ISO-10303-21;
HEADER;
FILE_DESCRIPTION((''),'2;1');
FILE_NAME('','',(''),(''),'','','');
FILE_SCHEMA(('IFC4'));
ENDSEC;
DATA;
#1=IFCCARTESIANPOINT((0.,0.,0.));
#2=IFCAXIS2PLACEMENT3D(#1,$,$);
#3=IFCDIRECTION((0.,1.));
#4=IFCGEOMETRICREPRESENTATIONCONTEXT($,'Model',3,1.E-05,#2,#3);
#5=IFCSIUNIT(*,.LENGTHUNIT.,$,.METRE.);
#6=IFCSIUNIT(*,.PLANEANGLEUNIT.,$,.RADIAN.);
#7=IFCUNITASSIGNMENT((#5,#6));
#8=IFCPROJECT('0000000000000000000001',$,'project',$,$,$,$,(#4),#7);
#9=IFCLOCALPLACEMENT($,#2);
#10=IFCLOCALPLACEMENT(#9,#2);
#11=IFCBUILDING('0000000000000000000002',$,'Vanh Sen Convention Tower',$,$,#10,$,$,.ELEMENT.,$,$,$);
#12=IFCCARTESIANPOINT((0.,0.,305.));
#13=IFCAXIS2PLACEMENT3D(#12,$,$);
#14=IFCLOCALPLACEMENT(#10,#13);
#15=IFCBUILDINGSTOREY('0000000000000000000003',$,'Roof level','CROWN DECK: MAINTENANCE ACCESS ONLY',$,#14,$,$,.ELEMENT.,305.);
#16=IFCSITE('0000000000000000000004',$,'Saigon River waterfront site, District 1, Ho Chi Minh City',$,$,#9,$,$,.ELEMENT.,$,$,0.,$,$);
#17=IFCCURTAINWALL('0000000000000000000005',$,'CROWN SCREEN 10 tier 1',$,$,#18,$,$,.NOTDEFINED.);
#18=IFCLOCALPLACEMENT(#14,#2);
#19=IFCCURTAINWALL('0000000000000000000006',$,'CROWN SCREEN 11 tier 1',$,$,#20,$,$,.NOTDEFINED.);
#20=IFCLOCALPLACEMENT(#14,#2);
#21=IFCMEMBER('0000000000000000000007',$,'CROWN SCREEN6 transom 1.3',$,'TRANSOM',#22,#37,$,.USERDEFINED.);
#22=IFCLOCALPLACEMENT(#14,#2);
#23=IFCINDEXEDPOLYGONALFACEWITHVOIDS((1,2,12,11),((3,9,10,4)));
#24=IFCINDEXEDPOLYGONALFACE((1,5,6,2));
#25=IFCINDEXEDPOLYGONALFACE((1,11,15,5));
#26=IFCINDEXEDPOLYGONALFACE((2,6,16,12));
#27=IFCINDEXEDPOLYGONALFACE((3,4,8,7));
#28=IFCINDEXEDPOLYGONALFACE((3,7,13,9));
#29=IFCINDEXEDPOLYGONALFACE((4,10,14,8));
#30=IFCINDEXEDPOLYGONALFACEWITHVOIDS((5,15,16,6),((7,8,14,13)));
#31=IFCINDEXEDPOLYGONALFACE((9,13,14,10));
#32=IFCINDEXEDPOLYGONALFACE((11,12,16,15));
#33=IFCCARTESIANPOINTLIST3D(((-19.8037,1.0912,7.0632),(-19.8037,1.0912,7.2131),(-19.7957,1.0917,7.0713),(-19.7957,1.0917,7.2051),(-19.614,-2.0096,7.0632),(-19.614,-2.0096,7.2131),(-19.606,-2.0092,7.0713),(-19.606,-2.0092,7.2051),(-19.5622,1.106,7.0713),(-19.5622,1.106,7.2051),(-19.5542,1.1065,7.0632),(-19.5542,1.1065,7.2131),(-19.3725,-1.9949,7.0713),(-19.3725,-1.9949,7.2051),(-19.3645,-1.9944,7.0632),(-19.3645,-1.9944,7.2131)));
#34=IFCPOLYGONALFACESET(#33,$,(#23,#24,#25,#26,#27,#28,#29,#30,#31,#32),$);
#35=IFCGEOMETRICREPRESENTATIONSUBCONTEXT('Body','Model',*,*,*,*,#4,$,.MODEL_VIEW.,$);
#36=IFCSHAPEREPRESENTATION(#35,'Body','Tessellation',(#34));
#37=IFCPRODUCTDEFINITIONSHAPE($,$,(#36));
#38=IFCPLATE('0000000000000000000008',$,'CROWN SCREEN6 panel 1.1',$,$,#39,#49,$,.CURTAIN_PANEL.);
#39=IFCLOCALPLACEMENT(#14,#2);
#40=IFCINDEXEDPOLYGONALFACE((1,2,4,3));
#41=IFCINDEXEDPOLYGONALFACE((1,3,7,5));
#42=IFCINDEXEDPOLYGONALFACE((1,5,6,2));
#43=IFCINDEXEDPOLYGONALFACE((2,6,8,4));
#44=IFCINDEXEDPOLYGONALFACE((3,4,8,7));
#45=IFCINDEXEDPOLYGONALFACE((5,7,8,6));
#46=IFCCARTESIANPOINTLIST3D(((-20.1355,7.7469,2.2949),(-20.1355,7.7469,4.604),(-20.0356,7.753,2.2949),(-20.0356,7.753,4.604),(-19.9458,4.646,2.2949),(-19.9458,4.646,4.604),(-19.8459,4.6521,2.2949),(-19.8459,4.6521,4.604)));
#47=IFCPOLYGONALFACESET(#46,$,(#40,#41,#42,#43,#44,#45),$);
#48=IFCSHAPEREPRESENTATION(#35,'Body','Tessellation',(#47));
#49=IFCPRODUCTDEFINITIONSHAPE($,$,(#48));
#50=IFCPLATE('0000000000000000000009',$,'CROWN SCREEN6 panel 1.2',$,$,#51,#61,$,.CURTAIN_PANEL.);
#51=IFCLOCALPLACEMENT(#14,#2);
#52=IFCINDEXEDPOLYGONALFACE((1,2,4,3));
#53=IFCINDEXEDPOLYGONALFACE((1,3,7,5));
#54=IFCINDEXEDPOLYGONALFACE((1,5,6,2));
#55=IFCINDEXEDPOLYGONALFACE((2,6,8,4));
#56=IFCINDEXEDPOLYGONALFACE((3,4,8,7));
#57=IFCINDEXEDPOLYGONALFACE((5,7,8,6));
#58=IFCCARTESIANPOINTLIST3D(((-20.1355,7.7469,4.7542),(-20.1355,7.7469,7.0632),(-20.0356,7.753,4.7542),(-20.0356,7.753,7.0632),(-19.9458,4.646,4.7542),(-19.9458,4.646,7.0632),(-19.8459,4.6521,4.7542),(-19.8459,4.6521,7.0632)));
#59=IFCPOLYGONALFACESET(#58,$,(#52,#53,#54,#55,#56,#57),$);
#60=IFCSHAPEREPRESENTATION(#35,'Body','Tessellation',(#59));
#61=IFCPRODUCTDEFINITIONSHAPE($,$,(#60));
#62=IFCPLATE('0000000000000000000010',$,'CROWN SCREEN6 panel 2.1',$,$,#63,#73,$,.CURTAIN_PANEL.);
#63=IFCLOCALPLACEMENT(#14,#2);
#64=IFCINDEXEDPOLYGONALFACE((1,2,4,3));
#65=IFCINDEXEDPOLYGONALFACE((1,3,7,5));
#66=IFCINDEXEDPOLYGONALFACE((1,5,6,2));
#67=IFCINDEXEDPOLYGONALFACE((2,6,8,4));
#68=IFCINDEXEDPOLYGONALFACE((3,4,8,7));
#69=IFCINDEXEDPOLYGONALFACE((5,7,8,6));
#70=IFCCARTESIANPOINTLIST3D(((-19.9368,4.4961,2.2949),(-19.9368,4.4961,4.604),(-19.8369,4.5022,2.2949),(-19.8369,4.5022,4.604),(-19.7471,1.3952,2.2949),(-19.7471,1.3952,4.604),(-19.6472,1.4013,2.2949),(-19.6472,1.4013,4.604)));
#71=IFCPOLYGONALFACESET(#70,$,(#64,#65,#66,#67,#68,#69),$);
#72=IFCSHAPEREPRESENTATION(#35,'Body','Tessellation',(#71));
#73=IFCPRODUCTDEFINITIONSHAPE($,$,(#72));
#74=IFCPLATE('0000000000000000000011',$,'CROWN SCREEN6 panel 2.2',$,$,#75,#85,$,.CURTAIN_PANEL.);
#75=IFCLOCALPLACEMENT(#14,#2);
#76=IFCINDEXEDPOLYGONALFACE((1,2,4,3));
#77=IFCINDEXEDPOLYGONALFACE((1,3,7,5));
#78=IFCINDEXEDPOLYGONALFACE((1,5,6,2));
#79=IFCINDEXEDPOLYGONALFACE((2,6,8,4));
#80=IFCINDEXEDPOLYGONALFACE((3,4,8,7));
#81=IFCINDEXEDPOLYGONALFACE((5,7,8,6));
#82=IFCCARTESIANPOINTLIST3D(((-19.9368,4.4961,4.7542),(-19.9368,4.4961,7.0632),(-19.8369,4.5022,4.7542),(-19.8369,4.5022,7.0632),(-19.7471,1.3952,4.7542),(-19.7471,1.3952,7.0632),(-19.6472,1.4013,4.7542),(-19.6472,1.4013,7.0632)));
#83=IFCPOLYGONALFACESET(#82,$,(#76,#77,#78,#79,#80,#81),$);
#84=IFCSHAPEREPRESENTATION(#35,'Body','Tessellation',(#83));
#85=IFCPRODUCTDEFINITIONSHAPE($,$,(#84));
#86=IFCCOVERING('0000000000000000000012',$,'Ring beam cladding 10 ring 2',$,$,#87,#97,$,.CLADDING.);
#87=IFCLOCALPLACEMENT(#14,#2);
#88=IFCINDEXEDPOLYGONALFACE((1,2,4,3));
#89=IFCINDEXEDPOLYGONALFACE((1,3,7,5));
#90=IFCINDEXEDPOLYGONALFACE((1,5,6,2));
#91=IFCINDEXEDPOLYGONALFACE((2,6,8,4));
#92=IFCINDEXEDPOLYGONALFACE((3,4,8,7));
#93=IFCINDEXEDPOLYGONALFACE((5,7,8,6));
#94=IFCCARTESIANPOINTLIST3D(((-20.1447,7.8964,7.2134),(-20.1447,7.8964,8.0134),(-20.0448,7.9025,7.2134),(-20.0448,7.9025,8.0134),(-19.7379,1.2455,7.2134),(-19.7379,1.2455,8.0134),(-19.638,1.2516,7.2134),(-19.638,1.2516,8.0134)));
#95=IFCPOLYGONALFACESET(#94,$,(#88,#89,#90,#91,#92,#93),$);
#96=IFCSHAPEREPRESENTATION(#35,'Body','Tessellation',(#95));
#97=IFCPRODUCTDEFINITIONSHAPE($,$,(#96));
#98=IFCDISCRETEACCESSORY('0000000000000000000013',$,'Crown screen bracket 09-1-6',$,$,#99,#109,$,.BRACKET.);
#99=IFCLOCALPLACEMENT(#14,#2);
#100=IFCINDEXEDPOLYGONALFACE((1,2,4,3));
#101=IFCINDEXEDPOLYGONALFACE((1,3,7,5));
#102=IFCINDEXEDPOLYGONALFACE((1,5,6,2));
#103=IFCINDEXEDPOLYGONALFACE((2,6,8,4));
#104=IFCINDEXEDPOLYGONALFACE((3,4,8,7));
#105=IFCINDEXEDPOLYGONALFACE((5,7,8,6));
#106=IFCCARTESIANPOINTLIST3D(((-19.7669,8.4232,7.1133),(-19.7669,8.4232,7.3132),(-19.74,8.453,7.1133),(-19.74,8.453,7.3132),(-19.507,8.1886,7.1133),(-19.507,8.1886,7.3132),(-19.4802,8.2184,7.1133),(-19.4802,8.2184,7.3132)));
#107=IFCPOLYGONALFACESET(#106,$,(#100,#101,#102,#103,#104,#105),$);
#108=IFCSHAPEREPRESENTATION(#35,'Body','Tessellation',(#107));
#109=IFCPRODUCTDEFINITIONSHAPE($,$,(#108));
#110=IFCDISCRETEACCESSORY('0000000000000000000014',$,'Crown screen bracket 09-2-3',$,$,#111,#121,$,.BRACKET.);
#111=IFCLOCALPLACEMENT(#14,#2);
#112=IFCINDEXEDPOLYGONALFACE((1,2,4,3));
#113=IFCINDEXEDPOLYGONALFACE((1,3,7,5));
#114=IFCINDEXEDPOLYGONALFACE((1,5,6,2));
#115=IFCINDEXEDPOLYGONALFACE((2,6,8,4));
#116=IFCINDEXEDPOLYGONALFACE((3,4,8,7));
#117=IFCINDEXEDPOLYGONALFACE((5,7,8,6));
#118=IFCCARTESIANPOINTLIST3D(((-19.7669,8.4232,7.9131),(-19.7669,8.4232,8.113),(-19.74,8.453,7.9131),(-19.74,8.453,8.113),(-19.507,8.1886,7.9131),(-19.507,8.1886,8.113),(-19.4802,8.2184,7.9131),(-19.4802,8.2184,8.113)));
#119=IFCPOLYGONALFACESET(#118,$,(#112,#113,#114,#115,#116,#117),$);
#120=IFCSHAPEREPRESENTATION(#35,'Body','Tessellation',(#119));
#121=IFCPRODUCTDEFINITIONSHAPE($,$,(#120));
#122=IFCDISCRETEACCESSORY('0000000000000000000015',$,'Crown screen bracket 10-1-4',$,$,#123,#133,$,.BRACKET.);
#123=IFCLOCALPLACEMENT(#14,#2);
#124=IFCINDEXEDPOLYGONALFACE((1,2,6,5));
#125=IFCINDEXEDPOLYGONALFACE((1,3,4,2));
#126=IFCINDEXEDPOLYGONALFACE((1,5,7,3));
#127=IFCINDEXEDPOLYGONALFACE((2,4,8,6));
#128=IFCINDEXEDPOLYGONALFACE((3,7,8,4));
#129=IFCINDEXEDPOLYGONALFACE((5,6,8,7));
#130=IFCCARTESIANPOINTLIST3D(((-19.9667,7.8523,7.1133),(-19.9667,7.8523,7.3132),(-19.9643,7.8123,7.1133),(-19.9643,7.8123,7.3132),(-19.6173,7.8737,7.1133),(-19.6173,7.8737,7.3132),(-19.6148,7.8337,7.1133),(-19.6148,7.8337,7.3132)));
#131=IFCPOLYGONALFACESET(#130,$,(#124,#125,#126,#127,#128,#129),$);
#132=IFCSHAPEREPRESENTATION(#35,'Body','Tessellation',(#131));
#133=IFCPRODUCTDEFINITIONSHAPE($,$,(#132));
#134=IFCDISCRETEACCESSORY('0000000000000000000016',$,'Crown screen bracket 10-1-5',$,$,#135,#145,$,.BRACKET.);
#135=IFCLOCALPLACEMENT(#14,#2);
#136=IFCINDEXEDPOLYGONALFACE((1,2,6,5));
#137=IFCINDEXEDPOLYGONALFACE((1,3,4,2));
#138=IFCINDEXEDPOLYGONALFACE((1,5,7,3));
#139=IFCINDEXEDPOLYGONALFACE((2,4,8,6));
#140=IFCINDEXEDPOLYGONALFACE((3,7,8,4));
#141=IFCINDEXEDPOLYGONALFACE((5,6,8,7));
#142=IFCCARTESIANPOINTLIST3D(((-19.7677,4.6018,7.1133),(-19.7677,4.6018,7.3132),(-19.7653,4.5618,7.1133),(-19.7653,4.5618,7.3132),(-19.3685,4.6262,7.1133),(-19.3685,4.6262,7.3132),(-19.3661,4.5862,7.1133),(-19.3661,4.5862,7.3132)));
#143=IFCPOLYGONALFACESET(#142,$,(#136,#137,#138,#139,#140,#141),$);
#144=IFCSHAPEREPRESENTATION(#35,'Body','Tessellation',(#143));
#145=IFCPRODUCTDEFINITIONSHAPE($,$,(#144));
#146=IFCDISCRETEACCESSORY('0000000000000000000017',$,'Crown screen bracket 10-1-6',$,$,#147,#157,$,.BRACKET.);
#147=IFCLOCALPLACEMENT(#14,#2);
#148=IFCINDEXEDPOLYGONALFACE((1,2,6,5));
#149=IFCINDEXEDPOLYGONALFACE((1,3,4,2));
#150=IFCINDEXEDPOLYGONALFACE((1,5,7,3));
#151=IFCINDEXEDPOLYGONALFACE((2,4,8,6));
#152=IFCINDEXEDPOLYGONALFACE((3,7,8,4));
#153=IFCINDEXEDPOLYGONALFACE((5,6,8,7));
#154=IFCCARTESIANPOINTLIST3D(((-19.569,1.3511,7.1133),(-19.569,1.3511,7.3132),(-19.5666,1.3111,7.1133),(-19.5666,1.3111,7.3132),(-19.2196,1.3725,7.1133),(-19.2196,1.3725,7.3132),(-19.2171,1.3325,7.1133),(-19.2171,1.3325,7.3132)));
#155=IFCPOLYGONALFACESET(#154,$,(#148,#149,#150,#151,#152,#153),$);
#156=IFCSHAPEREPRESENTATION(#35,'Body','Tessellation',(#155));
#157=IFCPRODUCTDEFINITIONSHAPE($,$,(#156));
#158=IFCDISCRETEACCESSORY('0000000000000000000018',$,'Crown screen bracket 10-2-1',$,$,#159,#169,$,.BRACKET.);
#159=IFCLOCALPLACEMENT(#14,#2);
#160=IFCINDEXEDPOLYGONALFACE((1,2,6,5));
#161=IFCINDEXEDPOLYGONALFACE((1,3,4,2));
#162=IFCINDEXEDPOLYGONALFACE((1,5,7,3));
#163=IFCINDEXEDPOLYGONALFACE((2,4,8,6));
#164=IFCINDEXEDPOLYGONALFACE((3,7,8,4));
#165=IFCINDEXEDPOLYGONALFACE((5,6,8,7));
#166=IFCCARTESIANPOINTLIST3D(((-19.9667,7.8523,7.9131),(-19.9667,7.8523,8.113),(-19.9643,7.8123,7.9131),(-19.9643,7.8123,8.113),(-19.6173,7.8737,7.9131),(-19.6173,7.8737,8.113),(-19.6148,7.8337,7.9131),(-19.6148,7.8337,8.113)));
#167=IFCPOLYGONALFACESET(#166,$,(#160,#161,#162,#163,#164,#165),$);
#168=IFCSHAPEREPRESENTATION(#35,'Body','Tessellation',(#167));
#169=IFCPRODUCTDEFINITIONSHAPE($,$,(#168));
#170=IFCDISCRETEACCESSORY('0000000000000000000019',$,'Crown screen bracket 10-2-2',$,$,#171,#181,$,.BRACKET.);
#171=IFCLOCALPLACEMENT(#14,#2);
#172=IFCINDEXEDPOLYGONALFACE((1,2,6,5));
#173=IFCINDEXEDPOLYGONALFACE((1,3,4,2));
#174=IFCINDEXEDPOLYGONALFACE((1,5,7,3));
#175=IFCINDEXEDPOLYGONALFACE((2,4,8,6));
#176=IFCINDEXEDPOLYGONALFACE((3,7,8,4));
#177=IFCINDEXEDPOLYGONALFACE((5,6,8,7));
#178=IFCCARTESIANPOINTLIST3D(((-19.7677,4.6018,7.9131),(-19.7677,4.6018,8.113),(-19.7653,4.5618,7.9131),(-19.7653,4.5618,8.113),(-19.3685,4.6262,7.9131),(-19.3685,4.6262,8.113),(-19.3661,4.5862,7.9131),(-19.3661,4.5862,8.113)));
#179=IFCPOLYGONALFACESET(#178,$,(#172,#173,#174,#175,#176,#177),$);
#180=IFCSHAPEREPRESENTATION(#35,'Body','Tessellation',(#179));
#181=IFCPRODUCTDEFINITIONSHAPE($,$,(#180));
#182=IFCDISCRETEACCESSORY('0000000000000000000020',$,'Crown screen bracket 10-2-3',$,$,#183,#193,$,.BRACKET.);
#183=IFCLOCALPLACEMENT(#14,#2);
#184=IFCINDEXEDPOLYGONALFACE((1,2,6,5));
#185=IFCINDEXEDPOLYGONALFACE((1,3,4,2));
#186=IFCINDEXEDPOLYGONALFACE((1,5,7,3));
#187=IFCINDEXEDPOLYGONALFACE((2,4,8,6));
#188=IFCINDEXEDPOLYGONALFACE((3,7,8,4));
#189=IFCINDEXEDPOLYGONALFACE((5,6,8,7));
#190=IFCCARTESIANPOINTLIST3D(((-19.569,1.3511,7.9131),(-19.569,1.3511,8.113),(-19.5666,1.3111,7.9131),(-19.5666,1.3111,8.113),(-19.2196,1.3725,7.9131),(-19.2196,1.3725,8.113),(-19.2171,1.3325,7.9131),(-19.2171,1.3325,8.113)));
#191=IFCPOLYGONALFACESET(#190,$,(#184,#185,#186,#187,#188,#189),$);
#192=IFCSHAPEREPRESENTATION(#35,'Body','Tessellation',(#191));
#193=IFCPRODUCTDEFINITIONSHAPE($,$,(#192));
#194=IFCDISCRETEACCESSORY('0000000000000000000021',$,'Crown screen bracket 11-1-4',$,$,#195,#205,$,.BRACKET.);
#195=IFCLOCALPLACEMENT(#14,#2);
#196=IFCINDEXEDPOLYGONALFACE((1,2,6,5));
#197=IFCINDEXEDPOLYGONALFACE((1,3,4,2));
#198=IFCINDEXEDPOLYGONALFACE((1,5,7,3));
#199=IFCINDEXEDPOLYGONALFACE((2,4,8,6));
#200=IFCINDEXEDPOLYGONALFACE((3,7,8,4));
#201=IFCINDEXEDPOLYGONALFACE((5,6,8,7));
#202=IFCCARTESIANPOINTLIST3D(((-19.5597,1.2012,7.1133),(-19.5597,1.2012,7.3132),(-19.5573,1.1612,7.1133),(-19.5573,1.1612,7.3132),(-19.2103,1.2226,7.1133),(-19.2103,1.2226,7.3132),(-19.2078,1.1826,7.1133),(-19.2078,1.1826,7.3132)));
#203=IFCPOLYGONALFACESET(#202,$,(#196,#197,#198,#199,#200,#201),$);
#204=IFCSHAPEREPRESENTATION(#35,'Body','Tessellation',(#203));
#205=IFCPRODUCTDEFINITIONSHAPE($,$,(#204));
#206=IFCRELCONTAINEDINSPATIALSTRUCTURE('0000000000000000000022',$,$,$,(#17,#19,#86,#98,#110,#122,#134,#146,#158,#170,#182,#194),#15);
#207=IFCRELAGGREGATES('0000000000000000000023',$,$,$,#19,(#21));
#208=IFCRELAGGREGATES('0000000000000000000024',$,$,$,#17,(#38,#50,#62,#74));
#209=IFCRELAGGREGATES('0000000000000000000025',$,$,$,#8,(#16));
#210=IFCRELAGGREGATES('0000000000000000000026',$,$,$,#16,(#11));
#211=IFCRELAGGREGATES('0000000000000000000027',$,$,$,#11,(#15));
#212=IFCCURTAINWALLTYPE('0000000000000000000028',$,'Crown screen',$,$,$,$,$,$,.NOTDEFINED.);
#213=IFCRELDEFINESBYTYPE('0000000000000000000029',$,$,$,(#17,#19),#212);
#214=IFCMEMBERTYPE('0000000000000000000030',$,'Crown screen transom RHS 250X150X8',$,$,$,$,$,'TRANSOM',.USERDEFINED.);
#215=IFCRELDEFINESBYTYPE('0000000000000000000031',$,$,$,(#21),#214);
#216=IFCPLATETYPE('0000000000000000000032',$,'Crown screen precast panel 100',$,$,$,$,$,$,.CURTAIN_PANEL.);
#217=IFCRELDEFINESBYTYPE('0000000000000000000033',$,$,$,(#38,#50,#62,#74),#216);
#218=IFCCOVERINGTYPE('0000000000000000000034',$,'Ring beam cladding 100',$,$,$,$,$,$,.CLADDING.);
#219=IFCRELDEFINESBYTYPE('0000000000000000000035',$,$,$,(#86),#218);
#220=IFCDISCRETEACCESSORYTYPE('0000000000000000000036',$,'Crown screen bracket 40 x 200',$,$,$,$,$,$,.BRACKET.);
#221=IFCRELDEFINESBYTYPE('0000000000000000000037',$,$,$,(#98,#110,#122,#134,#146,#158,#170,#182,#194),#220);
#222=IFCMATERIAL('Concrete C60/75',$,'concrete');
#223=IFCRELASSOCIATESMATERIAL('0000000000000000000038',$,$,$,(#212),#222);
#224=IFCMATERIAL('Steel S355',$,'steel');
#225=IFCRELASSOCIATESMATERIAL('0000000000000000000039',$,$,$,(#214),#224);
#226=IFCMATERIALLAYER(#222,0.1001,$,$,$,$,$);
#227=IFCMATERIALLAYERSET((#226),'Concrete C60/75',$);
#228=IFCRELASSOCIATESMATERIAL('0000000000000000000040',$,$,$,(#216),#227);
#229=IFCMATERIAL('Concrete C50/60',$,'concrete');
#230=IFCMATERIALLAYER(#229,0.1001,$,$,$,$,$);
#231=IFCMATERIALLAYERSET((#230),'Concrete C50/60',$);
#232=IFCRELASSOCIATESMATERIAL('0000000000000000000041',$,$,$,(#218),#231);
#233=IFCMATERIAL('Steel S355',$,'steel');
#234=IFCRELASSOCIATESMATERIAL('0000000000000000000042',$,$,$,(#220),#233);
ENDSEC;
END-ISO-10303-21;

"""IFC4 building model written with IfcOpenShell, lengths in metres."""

from ifc_helpers import new_model, si_unit, direction, frame, origin, origin_2d, place, context, subcontext, project, spatial, rectangle, hollow_rectangle, extrude, material, layer, layer_set, material_profile, profile_set, type_object, element, aggregate, save


model = new_model("IFC4")

# Units and contexts
model_context = context("Model", 3, precision=1e-05, world=origin(), true_north=direction((0.0, 1.0)))
body_context = subcontext(model_context, "Body", "Model", "MODEL_VIEW")
ifc_project = project(units=[si_unit("LENGTHUNIT", "METRE"), si_unit("PLANEANGLEUNIT", "RADIAN")], contexts=[model_context])

# Site, building, storey
site_placement = place(None, origin())
site = spatial("IfcSite", under=ifc_project, at=site_placement, Name="Saigon River waterfront site, District 1, Ho Chi Minh City", CompositionType="ELEMENT", RefElevation=0.0)
building_placement = place(site_placement, origin())
building = spatial("IfcBuilding", under=site, at=building_placement, Name="Vanh Sen Convention Tower", CompositionType="ELEMENT")
storey_placement = place(building_placement, frame((0.0, 0.0, 305.0)))
storey = spatial("IfcBuildingStorey", under=building, at=storey_placement, Name="Roof level", Description="CROWN DECK: MAINTENANCE ACCESS ONLY", CompositionType="ELEMENT", Elevation=305.0)

# Shared definitions
ifc_material_1 = material(Name="Concrete C60/75", Category="concrete")
curtain_wall_type = type_object("IfcCurtainWallType", Name="Crown screen", PredefinedType="NOTDEFINED", material=ifc_material_1)
ifc_material_2 = material(Name="Steel S355", Category="steel")

# Curtain walls, member
curtain_wall_1_placement = place(storey_placement, origin())
curtain_wall_1 = element("IfcCurtainWall", 1, at=curtain_wall_1_placement, inside=storey, type_object=curtain_wall_type, Name="CROWN SCREEN 10 tier 1", PredefinedType="NOTDEFINED")
ifc_material_profile_1 = material_profile(ifc_material_2, hollow_rectangle(XDim=0.25, YDim=0.1499, WallThickness=0.0081, at=origin_2d()), Name="RHS 250X150X8")
ifc_profile_set_1 = profile_set([ifc_material_profile_1], Name="Steel S355")
member_type_1 = type_object("IfcMemberType", Name="Crown screen transom RHS 250X150X8", ElementType="TRANSOM", PredefinedType="USERDEFINED", material=ifc_profile_set_1)
curtain_wall_2_placement = place(storey_placement, origin())
curtain_wall_2 = element("IfcCurtainWall", 2, at=curtain_wall_2_placement, inside=storey, type_object=curtain_wall_type, Name="CROWN SCREEN 11 tier 1", PredefinedType="NOTDEFINED")
member_1_placement = place(storey_placement, frame((-19.679, 1.0989, 7.1382), z_axis=(0.061062, -0.998134, 0.0), x_axis=(0.998134, 0.061062, 0.0)))
member_1 = element("IfcMember", 3, at=member_1_placement, type_object=member_type_1, Name="CROWN SCREEN6 transom 1.3", ObjectType="TRANSOM", PredefinedType="USERDEFINED", context=body_context, shape_type="SweptSolid", body=[
    extrude(hollow_rectangle(XDim=0.25, YDim=0.1499, WallThickness=0.0081, at=origin_2d()), origin(), (0.0, 0.0, 1.0), 3.1067),
])
aggregate(curtain_wall_2, [member_1])

# Plates
ifc_layer_1 = layer(ifc_material_1, 0.1001)
ifc_layer_set_1 = layer_set([ifc_layer_1], Name="Concrete C60/75")
plate_type = type_object("IfcPlateType", Name="Crown screen precast panel 100", PredefinedType="CURTAIN_PANEL", material=ifc_layer_set_1)
plate_1_placement = place(storey_placement, frame((-19.9907, 6.1995, 2.2949), z_axis=(0.0, 0.0, 1.0), x_axis=(0.061051, -0.998135, 0.0)))
plate_1 = element("IfcPlate", 4, at=plate_1_placement, type_object=plate_type, Name="CROWN SCREEN6 panel 1.1", PredefinedType="CURTAIN_PANEL", context=body_context, shape_type="SweptSolid", body=[
    extrude(rectangle(XDim=3.1067, YDim=0.1001, at=origin_2d()), origin(), (0.0, 0.0, 1.0), 2.3091),
])
plate_2_placement = place(storey_placement, frame((-19.9907, 6.1995, 4.7542), z_axis=(0.0, 0.0, 1.0), x_axis=(0.061051, -0.998135, 0.0)))
plate_2 = element("IfcPlate", 5, at=plate_2_placement, type_object=plate_type, Name="CROWN SCREEN6 panel 1.2", PredefinedType="CURTAIN_PANEL", context=body_context, shape_type="SweptSolid", body=[
    extrude(rectangle(XDim=3.1067, YDim=0.1001, at=origin_2d()), origin(), (0.0, 0.0, 1.0), 2.3091),
])
plate_3_placement = place(storey_placement, frame((-19.792, 2.9487, 2.2949), z_axis=(0.0, 0.0, 1.0), x_axis=(0.061051, -0.998135, 0.0)))
plate_3 = element("IfcPlate", 6, at=plate_3_placement, type_object=plate_type, Name="CROWN SCREEN6 panel 2.1", PredefinedType="CURTAIN_PANEL", context=body_context, shape_type="SweptSolid", body=[
    extrude(rectangle(XDim=3.1067, YDim=0.1001, at=origin_2d()), origin(), (0.0, 0.0, 1.0), 2.3091),
])
plate_4_placement = place(storey_placement, frame((-19.792, 2.9487, 4.7542), z_axis=(0.0, 0.0, 1.0), x_axis=(0.061051, -0.998135, 0.0)))
plate_4 = element("IfcPlate", 7, at=plate_4_placement, type_object=plate_type, Name="CROWN SCREEN6 panel 2.2", PredefinedType="CURTAIN_PANEL", context=body_context, shape_type="SweptSolid", body=[
    extrude(rectangle(XDim=3.1067, YDim=0.1001, at=origin_2d()), origin(), (0.0, 0.0, 1.0), 2.3091),
])
aggregate(curtain_wall_1, [plate_1, plate_2, plate_3, plate_4])

# Covering
ifc_material_3 = material(Name="Concrete C50/60", Category="concrete")
ifc_layer_2 = layer(ifc_material_3, 0.1001)
ifc_layer_set_2 = layer_set([ifc_layer_2], Name="Concrete C50/60")
covering_type = type_object("IfcCoveringType", Name="Ring beam cladding 100", PredefinedType="CLADDING", material=ifc_layer_set_2)
covering_placement = place(storey_placement, frame((-19.8914, 4.574, 7.2134), z_axis=(0.0, 0.0, 1.0), x_axis=(0.06105, -0.998135, 0.0)))
element("IfcCovering", 8, at=covering_placement, inside=storey, type_object=covering_type, Name="Ring beam cladding 10 ring 2", PredefinedType="CLADDING", context=body_context, shape_type="SweptSolid", body=[
    extrude(rectangle(XDim=6.6633, YDim=0.1001, at=origin_2d()), origin(), (0.0, 0.0, 1.0), 0.8),
])

# Discrete accessories
ifc_material_4 = material(Name="Steel S355", Category="steel")
discrete_accessory_type = type_object("IfcDiscreteAccessoryType", Name="Crown screen bracket 40 x 200", PredefinedType="BRACKET", material=ifc_material_4)
for number, where, z_axis, x_axis, name in (
    (9, (-19.6235, 8.3208, 7.1133), (0.0, 0.0, 1.0), (-0.742232, 0.670143, 0.0), "Crown screen bracket 09-1-6"),
    (10, (-19.6235, 8.3208, 7.9131), (0.0, 0.0, 1.0), (-0.742232, 0.670143, 0.0), "Crown screen bracket 09-2-3"),
    (11, (-19.7908, 7.843, 7.1133), (0.0, 0.0, 1.0), (-0.998135, -0.06105, 0.0), "Crown screen bracket 10-1-4"),
):
    element("IfcDiscreteAccessory", number, at=place(storey_placement, frame(where, z_axis=z_axis, x_axis=x_axis)), inside=storey, type_object=discrete_accessory_type, Name=name, PredefinedType="BRACKET", context=body_context, shape_type="SweptSolid", body=[
        extrude(rectangle(XDim=0.3501, YDim=0.04, at=origin_2d()), origin(), (0.0, 0.0, 1.0), 0.2),
    ])
discrete_accessory_1_placement = place(storey_placement, frame((-19.5669, 4.594, 7.1133), z_axis=(0.0, 0.0, 1.0), x_axis=(-0.998135, -0.06105, 0.0)))
element("IfcDiscreteAccessory", 12, at=discrete_accessory_1_placement, inside=storey, type_object=discrete_accessory_type, Name="Crown screen bracket 10-1-5", PredefinedType="BRACKET", context=body_context, shape_type="SweptSolid", body=[
    extrude(rectangle(XDim=0.3999, YDim=0.04, at=origin_2d()), origin(), (0.0, 0.0, 1.0), 0.2),
])
for number, where, z_axis, x_axis, name in (
    (13, (-19.3931, 1.3418, 7.1133), (0.0, 0.0, 1.0), (-0.998135, -0.06105, 0.0), "Crown screen bracket 10-1-6"),
    (14, (-19.7908, 7.843, 7.9131), (0.0, 0.0, 1.0), (-0.998135, -0.06105, 0.0), "Crown screen bracket 10-2-1"),
):
    element("IfcDiscreteAccessory", number, at=place(storey_placement, frame(where, z_axis=z_axis, x_axis=x_axis)), inside=storey, type_object=discrete_accessory_type, Name=name, PredefinedType="BRACKET", context=body_context, shape_type="SweptSolid", body=[
        extrude(rectangle(XDim=0.3501, YDim=0.04, at=origin_2d()), origin(), (0.0, 0.0, 1.0), 0.2),
    ])
discrete_accessory_2_placement = place(storey_placement, frame((-19.5669, 4.594, 7.9131), z_axis=(0.0, 0.0, 1.0), x_axis=(-0.998135, -0.06105, 0.0)))
element("IfcDiscreteAccessory", 15, at=discrete_accessory_2_placement, inside=storey, type_object=discrete_accessory_type, Name="Crown screen bracket 10-2-2", PredefinedType="BRACKET", context=body_context, shape_type="SweptSolid", body=[
    extrude(rectangle(XDim=0.3999, YDim=0.04, at=origin_2d()), origin(), (0.0, 0.0, 1.0), 0.2),
])
for number, where, z_axis, x_axis, name in (
    (16, (-19.3931, 1.3418, 7.9131), (0.0, 0.0, 1.0), (-0.998135, -0.06105, 0.0), "Crown screen bracket 10-2-3"),
    (17, (-19.3838, 1.1919, 7.1133), (0.0, 0.0, 1.0), (-0.998135, -0.061052, 0.0), "Crown screen bracket 11-1-4"),
):
    element("IfcDiscreteAccessory", number, at=place(storey_placement, frame(where, z_axis=z_axis, x_axis=x_axis)), inside=storey, type_object=discrete_accessory_type, Name=name, PredefinedType="BRACKET", context=body_context, shape_type="SweptSolid", body=[
        extrude(rectangle(XDim=0.3501, YDim=0.04, at=origin_2d()), origin(), (0.0, 0.0, 1.0), 0.2),
    ])

save(model, "model.ifc")
